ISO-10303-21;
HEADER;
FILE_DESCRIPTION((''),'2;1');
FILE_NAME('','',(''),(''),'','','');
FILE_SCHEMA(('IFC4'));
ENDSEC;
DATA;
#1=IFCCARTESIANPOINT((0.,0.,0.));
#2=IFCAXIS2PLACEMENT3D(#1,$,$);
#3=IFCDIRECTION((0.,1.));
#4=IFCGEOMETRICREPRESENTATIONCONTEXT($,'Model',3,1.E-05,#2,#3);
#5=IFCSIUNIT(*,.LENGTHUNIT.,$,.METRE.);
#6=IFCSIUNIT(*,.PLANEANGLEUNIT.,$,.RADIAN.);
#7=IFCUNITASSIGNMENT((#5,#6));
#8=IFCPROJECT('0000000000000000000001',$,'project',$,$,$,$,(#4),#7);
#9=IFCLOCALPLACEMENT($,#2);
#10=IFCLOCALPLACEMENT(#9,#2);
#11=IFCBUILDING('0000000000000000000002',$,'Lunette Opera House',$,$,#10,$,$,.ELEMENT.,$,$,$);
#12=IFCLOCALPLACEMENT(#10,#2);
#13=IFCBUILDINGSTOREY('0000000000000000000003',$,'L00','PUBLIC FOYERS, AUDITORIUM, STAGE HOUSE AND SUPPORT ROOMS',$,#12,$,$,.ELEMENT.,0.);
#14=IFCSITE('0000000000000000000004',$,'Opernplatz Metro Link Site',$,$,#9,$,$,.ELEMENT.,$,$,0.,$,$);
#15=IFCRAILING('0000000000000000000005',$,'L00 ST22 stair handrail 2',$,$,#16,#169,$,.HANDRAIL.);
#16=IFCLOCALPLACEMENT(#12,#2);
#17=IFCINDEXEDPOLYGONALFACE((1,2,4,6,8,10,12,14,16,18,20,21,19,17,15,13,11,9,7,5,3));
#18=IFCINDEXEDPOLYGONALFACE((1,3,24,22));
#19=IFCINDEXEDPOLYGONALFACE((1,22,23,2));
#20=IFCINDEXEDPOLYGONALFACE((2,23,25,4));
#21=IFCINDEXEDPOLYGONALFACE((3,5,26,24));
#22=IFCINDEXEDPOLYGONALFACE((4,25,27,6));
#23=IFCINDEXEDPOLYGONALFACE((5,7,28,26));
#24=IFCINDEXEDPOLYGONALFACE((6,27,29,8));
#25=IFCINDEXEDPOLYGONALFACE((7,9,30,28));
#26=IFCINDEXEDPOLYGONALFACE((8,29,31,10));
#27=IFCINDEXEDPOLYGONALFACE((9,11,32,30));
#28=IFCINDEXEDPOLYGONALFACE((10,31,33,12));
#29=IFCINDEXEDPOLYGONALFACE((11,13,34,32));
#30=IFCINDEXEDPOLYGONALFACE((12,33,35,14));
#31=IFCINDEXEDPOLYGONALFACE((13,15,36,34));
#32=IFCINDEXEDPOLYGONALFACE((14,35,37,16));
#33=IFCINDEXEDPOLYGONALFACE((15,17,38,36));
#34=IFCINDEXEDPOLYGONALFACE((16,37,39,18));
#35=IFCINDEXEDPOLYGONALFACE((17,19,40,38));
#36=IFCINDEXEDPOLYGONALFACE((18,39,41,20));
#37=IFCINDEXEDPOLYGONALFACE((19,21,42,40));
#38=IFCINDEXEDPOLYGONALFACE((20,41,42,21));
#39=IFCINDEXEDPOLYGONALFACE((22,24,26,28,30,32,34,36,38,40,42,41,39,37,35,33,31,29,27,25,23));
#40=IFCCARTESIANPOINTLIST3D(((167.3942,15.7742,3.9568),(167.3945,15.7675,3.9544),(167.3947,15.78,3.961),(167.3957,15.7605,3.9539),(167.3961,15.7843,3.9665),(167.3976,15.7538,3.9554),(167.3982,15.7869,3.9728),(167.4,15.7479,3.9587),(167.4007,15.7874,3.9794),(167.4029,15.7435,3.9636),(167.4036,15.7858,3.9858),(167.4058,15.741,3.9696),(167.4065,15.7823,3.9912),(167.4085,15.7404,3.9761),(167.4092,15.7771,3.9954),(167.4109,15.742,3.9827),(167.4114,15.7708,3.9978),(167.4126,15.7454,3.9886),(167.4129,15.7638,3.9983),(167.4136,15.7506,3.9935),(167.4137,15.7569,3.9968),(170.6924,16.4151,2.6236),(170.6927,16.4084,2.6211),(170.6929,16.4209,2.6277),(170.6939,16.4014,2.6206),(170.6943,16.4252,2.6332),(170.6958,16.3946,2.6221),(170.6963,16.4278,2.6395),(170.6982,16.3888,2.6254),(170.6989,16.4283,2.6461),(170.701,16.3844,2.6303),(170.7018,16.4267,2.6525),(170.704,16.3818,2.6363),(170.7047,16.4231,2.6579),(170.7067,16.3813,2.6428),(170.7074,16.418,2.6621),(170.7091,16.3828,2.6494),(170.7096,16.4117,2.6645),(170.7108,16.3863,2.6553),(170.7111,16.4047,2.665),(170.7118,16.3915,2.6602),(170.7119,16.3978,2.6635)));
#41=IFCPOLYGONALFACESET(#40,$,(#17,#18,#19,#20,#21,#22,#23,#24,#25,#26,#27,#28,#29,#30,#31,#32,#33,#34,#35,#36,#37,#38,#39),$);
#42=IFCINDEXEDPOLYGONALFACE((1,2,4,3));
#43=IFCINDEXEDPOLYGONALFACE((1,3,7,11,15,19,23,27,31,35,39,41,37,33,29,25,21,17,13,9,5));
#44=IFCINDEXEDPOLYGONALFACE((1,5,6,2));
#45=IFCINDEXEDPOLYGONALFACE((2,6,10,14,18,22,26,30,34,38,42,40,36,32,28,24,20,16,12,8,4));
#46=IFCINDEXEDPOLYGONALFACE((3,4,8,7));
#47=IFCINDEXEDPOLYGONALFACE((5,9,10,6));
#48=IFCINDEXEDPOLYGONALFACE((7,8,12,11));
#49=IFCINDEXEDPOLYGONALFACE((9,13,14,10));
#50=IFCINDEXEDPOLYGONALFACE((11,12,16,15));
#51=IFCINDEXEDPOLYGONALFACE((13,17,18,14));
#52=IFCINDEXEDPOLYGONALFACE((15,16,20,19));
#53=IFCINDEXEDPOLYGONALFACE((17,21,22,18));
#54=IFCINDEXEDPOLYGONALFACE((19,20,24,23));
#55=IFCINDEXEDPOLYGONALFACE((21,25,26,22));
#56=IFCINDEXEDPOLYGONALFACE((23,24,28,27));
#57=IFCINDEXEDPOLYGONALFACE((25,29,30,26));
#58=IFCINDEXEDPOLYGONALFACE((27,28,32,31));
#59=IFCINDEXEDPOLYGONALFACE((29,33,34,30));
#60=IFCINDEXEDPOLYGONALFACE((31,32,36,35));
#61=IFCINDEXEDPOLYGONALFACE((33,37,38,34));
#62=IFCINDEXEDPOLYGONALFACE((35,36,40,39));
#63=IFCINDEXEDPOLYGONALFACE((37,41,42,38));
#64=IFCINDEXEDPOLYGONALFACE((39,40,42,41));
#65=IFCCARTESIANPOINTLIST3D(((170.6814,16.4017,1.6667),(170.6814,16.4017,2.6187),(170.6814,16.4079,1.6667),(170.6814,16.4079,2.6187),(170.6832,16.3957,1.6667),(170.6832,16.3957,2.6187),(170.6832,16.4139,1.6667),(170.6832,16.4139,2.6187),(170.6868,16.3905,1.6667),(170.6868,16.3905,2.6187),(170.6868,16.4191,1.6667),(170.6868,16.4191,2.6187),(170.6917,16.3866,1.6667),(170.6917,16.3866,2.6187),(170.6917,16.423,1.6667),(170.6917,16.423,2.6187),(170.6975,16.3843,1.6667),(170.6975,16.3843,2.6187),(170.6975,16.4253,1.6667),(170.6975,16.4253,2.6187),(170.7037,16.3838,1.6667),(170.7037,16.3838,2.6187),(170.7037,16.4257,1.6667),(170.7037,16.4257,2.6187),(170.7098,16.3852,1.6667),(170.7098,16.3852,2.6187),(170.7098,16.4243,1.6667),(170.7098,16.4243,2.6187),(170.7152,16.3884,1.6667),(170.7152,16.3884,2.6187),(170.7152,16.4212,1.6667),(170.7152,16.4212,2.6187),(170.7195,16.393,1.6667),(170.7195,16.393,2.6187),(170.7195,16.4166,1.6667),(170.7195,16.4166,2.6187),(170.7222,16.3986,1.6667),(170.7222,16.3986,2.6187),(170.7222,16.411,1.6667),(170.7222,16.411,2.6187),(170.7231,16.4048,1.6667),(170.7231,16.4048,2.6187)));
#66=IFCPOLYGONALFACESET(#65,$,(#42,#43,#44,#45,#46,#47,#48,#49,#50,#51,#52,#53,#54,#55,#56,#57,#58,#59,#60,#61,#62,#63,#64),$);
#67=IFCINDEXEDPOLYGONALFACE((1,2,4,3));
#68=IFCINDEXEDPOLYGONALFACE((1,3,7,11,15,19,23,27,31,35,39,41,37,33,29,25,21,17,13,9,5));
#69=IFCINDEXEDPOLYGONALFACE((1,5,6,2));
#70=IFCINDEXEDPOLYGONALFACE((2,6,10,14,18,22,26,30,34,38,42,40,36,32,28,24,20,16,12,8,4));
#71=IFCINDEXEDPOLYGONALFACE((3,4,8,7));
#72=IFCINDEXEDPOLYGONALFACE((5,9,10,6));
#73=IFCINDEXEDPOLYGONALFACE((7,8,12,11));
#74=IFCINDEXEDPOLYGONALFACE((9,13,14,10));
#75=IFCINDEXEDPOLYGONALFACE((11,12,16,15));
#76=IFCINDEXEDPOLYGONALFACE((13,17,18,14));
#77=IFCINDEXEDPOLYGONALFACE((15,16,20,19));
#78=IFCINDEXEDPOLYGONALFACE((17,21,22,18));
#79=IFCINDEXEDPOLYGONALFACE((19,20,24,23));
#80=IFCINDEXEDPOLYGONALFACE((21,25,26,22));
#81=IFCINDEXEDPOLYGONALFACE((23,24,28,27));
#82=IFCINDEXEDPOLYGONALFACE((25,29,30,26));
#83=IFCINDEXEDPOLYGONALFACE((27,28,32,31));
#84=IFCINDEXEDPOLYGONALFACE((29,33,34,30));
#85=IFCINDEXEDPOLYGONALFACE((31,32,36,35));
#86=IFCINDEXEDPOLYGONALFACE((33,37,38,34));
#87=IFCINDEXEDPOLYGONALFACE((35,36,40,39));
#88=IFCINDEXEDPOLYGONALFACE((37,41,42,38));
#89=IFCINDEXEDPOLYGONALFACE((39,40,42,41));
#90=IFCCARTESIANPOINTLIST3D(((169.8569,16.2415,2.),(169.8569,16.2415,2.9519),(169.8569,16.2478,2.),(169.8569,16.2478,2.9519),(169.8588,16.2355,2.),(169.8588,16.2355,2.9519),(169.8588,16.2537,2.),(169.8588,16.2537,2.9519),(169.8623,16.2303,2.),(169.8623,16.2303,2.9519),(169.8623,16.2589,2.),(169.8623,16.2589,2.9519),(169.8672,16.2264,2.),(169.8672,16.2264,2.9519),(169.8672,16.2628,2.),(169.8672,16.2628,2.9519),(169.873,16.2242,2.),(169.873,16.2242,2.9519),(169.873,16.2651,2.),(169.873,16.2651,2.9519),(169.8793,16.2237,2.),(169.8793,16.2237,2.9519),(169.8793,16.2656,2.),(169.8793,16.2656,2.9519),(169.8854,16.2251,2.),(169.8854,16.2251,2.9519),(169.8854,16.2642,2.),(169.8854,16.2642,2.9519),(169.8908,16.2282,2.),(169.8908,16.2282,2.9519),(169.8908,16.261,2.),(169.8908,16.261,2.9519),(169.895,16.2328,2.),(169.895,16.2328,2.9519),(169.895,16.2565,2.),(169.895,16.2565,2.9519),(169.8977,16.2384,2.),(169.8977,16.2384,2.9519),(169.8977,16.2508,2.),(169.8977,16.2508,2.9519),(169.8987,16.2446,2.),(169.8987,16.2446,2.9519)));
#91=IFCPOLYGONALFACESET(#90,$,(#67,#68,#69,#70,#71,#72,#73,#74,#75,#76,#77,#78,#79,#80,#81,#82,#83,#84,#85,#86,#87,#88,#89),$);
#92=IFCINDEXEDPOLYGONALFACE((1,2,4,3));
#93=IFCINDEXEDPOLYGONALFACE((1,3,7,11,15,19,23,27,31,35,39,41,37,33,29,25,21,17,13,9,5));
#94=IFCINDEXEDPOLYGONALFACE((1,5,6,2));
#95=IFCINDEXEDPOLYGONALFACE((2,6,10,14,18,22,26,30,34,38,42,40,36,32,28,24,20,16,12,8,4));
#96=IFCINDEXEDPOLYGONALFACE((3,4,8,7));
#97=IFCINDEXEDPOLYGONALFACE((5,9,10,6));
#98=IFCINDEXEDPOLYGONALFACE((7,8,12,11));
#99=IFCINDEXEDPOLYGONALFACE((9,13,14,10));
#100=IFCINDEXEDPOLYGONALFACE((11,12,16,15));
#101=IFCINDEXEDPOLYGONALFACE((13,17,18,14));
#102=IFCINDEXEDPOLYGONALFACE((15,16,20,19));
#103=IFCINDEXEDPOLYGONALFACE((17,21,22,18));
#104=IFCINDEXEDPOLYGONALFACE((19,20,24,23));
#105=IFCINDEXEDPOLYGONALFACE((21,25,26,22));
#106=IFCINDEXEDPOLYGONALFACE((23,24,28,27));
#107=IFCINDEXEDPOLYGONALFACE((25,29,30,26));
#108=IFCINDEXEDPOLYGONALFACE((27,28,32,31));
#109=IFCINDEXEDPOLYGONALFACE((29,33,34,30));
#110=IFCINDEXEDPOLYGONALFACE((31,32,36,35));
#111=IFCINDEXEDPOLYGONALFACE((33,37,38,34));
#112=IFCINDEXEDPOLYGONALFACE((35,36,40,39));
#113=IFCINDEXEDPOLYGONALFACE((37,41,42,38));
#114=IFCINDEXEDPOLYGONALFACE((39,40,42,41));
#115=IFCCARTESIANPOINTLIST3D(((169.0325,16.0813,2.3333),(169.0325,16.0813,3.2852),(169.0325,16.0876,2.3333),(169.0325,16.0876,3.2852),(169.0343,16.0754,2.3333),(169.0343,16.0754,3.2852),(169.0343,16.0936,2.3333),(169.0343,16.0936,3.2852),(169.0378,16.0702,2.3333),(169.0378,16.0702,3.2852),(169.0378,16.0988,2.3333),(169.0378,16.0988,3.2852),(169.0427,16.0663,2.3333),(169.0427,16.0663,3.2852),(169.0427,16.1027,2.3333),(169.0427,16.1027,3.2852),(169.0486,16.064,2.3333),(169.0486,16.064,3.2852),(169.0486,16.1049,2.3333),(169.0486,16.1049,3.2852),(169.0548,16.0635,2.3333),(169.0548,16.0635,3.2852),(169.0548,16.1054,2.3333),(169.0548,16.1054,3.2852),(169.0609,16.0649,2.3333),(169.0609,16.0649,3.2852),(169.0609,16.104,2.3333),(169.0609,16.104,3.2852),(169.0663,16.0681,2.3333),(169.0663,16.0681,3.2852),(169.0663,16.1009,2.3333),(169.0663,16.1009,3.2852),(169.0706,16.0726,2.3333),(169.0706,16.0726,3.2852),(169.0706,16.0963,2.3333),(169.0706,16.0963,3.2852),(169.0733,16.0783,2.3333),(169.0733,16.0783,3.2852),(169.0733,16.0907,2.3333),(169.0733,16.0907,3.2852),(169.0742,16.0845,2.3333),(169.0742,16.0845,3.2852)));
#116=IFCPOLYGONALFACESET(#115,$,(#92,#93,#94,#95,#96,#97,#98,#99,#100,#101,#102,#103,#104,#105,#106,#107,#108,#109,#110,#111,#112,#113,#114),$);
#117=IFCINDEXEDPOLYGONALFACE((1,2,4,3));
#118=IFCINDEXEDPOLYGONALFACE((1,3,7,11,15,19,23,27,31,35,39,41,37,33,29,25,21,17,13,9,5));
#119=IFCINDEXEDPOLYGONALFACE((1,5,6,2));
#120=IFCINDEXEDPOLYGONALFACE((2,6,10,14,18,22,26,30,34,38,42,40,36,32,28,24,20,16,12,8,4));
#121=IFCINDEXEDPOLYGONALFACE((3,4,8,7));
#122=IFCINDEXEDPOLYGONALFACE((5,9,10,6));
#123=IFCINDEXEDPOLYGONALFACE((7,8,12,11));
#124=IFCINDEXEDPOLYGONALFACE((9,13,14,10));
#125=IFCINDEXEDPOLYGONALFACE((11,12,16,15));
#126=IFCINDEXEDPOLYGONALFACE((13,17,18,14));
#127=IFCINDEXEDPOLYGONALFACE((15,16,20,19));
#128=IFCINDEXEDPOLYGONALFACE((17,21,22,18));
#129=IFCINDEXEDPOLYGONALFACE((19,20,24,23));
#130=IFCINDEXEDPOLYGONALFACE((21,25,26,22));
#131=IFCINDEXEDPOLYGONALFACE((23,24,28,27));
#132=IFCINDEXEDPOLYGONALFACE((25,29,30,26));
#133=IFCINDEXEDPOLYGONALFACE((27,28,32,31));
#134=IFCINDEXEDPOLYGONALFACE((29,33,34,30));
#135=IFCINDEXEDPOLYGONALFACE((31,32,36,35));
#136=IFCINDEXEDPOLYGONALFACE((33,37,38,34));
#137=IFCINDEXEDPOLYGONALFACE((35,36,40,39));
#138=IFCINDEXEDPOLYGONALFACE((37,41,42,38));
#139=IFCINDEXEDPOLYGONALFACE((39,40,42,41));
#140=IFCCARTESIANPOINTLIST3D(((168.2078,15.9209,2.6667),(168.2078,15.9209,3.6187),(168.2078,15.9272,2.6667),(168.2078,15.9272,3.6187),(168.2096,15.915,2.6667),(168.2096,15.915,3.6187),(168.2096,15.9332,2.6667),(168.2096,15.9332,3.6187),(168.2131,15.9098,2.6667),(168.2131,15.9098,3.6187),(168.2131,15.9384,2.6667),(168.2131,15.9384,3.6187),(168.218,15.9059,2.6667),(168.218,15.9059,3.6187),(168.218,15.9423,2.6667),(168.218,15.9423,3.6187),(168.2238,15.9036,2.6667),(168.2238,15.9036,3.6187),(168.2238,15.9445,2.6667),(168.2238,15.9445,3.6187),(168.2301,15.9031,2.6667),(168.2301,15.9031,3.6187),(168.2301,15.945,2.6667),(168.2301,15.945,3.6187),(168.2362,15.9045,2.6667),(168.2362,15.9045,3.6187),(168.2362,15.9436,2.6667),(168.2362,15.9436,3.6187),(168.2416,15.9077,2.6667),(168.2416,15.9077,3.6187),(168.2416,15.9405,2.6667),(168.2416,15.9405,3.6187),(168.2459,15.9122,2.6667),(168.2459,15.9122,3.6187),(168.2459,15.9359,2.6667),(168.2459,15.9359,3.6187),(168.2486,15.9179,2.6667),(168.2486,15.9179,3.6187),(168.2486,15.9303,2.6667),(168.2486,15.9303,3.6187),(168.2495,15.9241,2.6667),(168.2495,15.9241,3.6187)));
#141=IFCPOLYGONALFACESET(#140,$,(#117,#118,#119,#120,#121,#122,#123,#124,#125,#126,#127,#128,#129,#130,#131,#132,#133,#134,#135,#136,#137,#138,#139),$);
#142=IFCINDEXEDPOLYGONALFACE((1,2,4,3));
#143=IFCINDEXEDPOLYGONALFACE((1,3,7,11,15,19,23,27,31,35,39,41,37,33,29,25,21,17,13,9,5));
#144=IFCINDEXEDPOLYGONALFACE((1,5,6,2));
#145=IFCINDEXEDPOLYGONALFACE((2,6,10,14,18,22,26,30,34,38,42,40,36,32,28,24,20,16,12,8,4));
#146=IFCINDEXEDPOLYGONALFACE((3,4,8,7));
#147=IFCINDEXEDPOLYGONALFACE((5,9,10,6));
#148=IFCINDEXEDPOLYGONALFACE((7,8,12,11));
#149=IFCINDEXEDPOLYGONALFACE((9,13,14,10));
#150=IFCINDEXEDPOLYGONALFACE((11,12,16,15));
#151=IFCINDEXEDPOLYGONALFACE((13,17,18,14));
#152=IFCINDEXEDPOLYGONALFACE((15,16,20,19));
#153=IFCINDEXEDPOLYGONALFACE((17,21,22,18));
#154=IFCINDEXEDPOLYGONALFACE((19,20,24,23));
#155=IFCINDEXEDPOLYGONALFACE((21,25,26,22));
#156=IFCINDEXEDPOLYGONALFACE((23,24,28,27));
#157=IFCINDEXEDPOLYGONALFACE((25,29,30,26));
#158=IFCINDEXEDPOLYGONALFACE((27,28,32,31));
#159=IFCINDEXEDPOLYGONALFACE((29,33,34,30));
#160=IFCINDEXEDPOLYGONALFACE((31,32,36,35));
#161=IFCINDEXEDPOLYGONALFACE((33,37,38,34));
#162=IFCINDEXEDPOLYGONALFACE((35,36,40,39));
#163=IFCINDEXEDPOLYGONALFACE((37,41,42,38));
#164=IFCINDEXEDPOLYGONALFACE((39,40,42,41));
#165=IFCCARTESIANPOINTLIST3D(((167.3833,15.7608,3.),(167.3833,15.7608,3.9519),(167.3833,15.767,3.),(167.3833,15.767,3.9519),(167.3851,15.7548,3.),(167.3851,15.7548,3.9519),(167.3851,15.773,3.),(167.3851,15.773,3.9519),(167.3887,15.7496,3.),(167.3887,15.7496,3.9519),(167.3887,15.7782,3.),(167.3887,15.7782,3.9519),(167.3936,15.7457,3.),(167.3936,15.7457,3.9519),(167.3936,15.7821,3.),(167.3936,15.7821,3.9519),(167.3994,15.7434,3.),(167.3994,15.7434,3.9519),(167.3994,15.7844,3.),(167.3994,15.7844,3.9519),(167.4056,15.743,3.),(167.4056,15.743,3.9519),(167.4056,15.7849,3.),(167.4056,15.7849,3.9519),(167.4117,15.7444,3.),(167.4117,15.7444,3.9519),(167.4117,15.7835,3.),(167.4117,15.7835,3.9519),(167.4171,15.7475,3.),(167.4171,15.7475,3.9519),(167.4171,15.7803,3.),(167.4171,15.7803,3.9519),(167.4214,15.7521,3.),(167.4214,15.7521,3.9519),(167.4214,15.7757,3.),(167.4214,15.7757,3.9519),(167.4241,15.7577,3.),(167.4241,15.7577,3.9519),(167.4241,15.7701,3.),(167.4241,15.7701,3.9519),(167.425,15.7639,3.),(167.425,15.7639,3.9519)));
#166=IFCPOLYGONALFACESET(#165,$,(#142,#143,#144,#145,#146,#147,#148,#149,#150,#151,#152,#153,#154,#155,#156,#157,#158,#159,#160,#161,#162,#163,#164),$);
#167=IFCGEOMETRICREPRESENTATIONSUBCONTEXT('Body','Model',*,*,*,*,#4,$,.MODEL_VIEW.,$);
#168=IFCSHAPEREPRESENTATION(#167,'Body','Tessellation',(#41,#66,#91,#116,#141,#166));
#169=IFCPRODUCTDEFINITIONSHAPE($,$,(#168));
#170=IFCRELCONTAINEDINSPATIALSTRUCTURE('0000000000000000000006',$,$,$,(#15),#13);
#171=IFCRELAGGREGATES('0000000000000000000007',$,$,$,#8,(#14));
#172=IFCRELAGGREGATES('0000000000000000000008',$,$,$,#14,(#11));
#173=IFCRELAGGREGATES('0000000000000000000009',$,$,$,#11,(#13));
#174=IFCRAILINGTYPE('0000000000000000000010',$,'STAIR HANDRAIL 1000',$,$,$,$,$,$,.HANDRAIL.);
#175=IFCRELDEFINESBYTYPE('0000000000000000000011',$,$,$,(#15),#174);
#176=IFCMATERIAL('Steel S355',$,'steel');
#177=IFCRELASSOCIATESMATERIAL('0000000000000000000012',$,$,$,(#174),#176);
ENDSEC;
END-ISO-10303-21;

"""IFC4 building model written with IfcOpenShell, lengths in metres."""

from ifc_helpers import new_model, si_unit, direction, frame, origin, origin_2d, place, context, subcontext, project, spatial, circle, extrude, material, type_object, element, save


model = new_model("IFC4")

# Units and contexts
model_context = context("Model", 3, precision=1e-05, world=origin(), true_north=direction((0.0, 1.0)))
body_context = subcontext(model_context, "Body", "Model", "MODEL_VIEW")
ifc_project = project(units=[si_unit("LENGTHUNIT", "METRE"), si_unit("PLANEANGLEUNIT", "RADIAN")], contexts=[model_context])

# Site, building, storey
site_placement = place(None, origin())
site = spatial("IfcSite", under=ifc_project, at=site_placement, Name="Opernplatz Metro Link Site", CompositionType="ELEMENT", RefElevation=0.0)
building_placement = place(site_placement, origin())
building = spatial("IfcBuilding", under=site, at=building_placement, Name="Lunette Opera House", CompositionType="ELEMENT")
storey_placement = place(building_placement, origin())
storey = spatial("IfcBuildingStorey", under=building, at=storey_placement, Name="L00", Description="PUBLIC FOYERS, AUDITORIUM, STAGE HOUSE AND SUPPORT ROOMS", CompositionType="ELEMENT", Elevation=0.0)

# Railing
ifc_material_1 = material(Name="Steel S355", Category="steel")
railing_type_1 = type_object("IfcRailingType", Name="STAIR HANDRAIL 1000", PredefinedType="HANDRAIL", material=ifc_material_1)
for number, where, name in (
    (1, (170.7021, 16.4048, 1.6667), "L00 ST22 stair handrail 2"),
):
    element("IfcRailing", number, at=place(storey_placement, frame(where)), inside=storey, type_object=railing_type_1, Name=name, PredefinedType="HANDRAIL", context=body_context, shape_type="SweptSolid", body=[
        extrude(circle(Radius=0.0239, at=origin_2d()), frame((0.0, 0.0, 0.9761), z_axis=(-0.912424, -0.177298, 0.368847), x_axis=(0.190747, -0.981639, 0.0)), (0.0, 0.0, 1.0), 3.6147),
        extrude(circle(Radius=0.021, at=origin_2d()), origin(), (0.0, 0.0, 1.0), 0.9519),
        extrude(circle(Radius=0.021, at=origin_2d()), frame((-0.8245, -0.1602, 0.3333)), (0.0, 0.0, 1.0), 0.9519),
        extrude(circle(Radius=0.021, at=origin_2d()), frame((-1.6489, -0.3203, 0.6665)), (0.0, 0.0, 1.0), 0.9519),
        extrude(circle(Radius=0.021, at=origin_2d()), frame((-2.4736, -0.4807, 1.0)), (0.0, 0.0, 1.0), 0.9519),
        extrude(circle(Radius=0.021, at=origin_2d()), frame((-3.2981, -0.6409, 1.3333)), (0.0, 0.0, 1.0), 0.9519),
    ])

save(model, "model.ifc")
